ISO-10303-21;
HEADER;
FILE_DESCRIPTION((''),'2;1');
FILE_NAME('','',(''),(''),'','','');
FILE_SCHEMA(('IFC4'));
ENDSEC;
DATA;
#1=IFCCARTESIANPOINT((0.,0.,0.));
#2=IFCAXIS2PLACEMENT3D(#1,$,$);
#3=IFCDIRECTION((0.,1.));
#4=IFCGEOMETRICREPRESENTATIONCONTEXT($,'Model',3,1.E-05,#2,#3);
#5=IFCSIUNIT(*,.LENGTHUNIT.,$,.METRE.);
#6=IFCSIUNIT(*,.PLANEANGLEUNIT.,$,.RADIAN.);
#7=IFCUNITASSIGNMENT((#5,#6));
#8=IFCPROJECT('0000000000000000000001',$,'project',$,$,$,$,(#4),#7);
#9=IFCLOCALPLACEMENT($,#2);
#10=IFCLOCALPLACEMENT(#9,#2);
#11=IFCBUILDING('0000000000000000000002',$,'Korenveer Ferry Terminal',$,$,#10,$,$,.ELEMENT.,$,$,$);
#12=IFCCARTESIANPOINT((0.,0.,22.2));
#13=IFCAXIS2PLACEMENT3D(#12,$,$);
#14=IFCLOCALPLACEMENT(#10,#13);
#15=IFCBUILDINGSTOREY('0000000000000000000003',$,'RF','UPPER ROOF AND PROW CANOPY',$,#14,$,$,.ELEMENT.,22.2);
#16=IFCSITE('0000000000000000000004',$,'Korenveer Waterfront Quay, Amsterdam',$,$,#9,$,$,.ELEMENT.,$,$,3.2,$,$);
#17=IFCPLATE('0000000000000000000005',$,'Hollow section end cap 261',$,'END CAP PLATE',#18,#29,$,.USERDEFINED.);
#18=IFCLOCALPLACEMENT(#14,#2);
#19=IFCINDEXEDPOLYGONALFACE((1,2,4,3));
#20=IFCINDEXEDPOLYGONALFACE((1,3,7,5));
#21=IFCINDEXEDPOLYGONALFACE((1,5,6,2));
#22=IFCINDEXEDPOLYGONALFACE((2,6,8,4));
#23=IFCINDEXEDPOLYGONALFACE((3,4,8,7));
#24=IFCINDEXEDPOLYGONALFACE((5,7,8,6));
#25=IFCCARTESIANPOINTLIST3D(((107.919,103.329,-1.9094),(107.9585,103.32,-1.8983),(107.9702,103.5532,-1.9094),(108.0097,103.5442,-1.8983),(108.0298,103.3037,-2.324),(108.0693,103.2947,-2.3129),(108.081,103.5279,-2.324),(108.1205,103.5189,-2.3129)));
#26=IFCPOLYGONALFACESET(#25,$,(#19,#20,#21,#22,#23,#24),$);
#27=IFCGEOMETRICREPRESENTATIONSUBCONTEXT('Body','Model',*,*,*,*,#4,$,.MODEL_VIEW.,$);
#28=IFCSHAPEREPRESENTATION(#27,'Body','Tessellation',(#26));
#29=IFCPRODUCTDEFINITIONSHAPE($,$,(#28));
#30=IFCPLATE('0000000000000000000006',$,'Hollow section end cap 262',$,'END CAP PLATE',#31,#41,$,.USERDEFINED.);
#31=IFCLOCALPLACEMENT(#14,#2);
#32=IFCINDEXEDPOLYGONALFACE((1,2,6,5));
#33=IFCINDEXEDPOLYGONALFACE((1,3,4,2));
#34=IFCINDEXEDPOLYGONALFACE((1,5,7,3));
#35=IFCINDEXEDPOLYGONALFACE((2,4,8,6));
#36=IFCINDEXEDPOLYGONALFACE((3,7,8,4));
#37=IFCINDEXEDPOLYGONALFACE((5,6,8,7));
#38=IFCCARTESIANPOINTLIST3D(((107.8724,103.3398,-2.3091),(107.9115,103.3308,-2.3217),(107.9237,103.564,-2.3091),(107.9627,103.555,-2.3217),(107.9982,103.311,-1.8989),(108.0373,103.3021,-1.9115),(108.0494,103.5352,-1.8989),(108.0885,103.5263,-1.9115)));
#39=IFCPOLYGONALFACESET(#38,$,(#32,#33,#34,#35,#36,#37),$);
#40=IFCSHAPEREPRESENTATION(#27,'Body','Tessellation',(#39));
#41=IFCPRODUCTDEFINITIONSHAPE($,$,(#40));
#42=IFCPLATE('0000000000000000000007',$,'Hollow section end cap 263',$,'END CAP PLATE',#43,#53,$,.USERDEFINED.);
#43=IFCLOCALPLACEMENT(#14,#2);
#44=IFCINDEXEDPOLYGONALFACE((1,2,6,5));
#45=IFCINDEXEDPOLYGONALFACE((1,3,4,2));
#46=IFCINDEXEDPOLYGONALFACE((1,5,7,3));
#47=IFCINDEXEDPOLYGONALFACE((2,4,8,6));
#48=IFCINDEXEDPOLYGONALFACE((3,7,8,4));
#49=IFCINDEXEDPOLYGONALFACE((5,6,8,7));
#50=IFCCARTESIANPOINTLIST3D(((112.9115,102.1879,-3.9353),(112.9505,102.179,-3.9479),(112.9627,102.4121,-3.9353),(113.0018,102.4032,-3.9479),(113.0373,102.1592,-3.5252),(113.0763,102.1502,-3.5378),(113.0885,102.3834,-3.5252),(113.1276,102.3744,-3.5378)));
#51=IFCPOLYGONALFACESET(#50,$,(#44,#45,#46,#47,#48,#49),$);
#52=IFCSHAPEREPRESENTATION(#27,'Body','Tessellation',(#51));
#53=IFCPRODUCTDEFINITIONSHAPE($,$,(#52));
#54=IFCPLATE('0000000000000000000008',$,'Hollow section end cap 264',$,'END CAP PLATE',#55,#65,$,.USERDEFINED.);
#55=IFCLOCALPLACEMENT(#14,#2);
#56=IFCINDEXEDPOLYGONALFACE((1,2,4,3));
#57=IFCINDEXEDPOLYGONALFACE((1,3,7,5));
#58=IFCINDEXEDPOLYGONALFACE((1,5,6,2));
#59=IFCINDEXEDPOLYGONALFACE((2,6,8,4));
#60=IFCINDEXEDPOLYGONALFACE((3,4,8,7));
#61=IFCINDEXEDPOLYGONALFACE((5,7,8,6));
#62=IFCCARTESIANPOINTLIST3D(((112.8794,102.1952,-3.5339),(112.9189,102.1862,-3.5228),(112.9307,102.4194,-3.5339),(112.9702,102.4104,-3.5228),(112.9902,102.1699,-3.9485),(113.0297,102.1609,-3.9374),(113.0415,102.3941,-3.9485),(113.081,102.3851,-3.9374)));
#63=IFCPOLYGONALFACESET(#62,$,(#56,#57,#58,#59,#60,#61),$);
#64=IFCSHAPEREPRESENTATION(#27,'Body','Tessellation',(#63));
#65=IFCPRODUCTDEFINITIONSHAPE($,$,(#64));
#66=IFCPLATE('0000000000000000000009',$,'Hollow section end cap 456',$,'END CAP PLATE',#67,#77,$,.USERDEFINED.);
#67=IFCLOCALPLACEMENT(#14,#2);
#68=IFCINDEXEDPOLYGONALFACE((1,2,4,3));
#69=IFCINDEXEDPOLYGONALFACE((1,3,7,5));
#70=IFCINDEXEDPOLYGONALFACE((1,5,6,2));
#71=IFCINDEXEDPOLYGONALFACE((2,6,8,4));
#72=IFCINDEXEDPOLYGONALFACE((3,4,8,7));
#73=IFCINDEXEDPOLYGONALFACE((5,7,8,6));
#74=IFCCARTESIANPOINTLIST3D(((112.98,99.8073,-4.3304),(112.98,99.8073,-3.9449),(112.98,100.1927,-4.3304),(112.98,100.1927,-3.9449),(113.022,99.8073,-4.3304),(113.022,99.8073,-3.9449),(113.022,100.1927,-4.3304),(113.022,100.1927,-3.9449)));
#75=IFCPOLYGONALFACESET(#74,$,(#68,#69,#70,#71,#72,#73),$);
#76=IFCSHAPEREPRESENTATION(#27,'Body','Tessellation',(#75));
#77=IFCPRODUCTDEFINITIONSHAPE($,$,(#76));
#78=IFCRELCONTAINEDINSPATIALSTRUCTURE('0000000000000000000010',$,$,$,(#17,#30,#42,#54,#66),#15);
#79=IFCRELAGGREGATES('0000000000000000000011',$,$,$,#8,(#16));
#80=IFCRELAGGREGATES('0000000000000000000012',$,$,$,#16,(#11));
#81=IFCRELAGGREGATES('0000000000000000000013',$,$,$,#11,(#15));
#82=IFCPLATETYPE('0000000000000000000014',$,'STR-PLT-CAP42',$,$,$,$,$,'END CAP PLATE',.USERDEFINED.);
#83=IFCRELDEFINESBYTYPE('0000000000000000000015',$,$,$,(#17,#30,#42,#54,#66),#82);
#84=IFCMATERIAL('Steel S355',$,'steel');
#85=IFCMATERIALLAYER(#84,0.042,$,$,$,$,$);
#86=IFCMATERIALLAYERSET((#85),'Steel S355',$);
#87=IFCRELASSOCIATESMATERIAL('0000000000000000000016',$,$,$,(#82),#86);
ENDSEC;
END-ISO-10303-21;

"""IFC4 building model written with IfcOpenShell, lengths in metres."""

from ifc_helpers import new_model, si_unit, direction, frame, origin, origin_2d, place, context, subcontext, project, spatial, rectangle, extrude, material, layer, layer_set, type_object, element, save


model = new_model("IFC4")

# Units and contexts
model_context = context("Model", 3, precision=1e-05, world=origin(), true_north=direction((0.0, 1.0)))
body_context = subcontext(model_context, "Body", "Model", "MODEL_VIEW")
ifc_project = project(units=[si_unit("LENGTHUNIT", "METRE"), si_unit("PLANEANGLEUNIT", "RADIAN")], contexts=[model_context])

# Site, building, storey
site_placement = place(None, origin())
site = spatial("IfcSite", under=ifc_project, at=site_placement, Name="Korenveer Waterfront Quay, Amsterdam", CompositionType="ELEMENT", RefElevation=3.2)
building_placement = place(site_placement, origin())
building = spatial("IfcBuilding", under=site, at=building_placement, Name="Korenveer Ferry Terminal", CompositionType="ELEMENT")
storey_placement = place(building_placement, frame((0.0, 0.0, 22.2)))
storey = spatial("IfcBuildingStorey", under=building, at=storey_placement, Name="RF", Description="UPPER ROOF AND PROW CANOPY", CompositionType="ELEMENT", Elevation=22.2)

# Shared definitions
ifc_material_1 = material(Name="Steel S355", Category="steel")

# Plates
ifc_layer_1 = layer(ifc_material_1, 0.042)
ifc_layer_set_1 = layer_set([ifc_layer_1], Name="Steel S355")
plate_type_1 = type_object("IfcPlateType", Name="STR-PLT-CAP42", ElementType="END CAP PLATE", PredefinedType="USERDEFINED", material=ifc_layer_set_1)
for number, where, z_axis, x_axis, name in (
    (1, (108.0, 103.4285, -2.1167), (0.940175, -0.214897, 0.264366), (0.222825, 0.974859, 0.0), "Hollow section end cap 261"),
    (2, (107.9609, 103.4375, -2.104), (0.92993, -0.212555, -0.300085), (0.222825, 0.974859, 0.0), "Hollow section end cap 262"),
    (3, (113.0, 102.2856, -3.7302), (0.92993, -0.212555, -0.300085), (0.222825, 0.974859, 0.0), "Hollow section end cap 263"),
    (4, (112.9604, 102.2947, -3.7412), (0.940175, -0.214897, 0.264366), (0.222825, 0.974859, 0.0), "Hollow section end cap 264"),
):
    element("IfcPlate", number, at=place(storey_placement, frame(where, z_axis=z_axis, x_axis=x_axis)), inside=storey, type_object=plate_type_1, Name=name, ObjectType="END CAP PLATE", PredefinedType="USERDEFINED", context=body_context, shape_type="SweptSolid", body=[
        extrude(rectangle(XDim=0.23, YDim=0.4299, at=origin_2d()), origin(), (0.0, 0.0, 1.0), 0.042),
    ])
plate_1_placement = place(storey_placement, frame((112.98, 100.0, -4.1377), z_axis=(1.0, 0.0, 0.0), x_axis=(0.0, 1.0, 0.0)))
element("IfcPlate", 5, at=plate_1_placement, inside=storey, type_object=plate_type_1, Name="Hollow section end cap 456", ObjectType="END CAP PLATE", PredefinedType="USERDEFINED", context=body_context, shape_type="SweptSolid", body=[
    extrude(rectangle(XDim=0.3855, YDim=0.3855, at=origin_2d()), origin(), (0.0, 0.0, 1.0), 0.042),
])

save(model, "model.ifc")
